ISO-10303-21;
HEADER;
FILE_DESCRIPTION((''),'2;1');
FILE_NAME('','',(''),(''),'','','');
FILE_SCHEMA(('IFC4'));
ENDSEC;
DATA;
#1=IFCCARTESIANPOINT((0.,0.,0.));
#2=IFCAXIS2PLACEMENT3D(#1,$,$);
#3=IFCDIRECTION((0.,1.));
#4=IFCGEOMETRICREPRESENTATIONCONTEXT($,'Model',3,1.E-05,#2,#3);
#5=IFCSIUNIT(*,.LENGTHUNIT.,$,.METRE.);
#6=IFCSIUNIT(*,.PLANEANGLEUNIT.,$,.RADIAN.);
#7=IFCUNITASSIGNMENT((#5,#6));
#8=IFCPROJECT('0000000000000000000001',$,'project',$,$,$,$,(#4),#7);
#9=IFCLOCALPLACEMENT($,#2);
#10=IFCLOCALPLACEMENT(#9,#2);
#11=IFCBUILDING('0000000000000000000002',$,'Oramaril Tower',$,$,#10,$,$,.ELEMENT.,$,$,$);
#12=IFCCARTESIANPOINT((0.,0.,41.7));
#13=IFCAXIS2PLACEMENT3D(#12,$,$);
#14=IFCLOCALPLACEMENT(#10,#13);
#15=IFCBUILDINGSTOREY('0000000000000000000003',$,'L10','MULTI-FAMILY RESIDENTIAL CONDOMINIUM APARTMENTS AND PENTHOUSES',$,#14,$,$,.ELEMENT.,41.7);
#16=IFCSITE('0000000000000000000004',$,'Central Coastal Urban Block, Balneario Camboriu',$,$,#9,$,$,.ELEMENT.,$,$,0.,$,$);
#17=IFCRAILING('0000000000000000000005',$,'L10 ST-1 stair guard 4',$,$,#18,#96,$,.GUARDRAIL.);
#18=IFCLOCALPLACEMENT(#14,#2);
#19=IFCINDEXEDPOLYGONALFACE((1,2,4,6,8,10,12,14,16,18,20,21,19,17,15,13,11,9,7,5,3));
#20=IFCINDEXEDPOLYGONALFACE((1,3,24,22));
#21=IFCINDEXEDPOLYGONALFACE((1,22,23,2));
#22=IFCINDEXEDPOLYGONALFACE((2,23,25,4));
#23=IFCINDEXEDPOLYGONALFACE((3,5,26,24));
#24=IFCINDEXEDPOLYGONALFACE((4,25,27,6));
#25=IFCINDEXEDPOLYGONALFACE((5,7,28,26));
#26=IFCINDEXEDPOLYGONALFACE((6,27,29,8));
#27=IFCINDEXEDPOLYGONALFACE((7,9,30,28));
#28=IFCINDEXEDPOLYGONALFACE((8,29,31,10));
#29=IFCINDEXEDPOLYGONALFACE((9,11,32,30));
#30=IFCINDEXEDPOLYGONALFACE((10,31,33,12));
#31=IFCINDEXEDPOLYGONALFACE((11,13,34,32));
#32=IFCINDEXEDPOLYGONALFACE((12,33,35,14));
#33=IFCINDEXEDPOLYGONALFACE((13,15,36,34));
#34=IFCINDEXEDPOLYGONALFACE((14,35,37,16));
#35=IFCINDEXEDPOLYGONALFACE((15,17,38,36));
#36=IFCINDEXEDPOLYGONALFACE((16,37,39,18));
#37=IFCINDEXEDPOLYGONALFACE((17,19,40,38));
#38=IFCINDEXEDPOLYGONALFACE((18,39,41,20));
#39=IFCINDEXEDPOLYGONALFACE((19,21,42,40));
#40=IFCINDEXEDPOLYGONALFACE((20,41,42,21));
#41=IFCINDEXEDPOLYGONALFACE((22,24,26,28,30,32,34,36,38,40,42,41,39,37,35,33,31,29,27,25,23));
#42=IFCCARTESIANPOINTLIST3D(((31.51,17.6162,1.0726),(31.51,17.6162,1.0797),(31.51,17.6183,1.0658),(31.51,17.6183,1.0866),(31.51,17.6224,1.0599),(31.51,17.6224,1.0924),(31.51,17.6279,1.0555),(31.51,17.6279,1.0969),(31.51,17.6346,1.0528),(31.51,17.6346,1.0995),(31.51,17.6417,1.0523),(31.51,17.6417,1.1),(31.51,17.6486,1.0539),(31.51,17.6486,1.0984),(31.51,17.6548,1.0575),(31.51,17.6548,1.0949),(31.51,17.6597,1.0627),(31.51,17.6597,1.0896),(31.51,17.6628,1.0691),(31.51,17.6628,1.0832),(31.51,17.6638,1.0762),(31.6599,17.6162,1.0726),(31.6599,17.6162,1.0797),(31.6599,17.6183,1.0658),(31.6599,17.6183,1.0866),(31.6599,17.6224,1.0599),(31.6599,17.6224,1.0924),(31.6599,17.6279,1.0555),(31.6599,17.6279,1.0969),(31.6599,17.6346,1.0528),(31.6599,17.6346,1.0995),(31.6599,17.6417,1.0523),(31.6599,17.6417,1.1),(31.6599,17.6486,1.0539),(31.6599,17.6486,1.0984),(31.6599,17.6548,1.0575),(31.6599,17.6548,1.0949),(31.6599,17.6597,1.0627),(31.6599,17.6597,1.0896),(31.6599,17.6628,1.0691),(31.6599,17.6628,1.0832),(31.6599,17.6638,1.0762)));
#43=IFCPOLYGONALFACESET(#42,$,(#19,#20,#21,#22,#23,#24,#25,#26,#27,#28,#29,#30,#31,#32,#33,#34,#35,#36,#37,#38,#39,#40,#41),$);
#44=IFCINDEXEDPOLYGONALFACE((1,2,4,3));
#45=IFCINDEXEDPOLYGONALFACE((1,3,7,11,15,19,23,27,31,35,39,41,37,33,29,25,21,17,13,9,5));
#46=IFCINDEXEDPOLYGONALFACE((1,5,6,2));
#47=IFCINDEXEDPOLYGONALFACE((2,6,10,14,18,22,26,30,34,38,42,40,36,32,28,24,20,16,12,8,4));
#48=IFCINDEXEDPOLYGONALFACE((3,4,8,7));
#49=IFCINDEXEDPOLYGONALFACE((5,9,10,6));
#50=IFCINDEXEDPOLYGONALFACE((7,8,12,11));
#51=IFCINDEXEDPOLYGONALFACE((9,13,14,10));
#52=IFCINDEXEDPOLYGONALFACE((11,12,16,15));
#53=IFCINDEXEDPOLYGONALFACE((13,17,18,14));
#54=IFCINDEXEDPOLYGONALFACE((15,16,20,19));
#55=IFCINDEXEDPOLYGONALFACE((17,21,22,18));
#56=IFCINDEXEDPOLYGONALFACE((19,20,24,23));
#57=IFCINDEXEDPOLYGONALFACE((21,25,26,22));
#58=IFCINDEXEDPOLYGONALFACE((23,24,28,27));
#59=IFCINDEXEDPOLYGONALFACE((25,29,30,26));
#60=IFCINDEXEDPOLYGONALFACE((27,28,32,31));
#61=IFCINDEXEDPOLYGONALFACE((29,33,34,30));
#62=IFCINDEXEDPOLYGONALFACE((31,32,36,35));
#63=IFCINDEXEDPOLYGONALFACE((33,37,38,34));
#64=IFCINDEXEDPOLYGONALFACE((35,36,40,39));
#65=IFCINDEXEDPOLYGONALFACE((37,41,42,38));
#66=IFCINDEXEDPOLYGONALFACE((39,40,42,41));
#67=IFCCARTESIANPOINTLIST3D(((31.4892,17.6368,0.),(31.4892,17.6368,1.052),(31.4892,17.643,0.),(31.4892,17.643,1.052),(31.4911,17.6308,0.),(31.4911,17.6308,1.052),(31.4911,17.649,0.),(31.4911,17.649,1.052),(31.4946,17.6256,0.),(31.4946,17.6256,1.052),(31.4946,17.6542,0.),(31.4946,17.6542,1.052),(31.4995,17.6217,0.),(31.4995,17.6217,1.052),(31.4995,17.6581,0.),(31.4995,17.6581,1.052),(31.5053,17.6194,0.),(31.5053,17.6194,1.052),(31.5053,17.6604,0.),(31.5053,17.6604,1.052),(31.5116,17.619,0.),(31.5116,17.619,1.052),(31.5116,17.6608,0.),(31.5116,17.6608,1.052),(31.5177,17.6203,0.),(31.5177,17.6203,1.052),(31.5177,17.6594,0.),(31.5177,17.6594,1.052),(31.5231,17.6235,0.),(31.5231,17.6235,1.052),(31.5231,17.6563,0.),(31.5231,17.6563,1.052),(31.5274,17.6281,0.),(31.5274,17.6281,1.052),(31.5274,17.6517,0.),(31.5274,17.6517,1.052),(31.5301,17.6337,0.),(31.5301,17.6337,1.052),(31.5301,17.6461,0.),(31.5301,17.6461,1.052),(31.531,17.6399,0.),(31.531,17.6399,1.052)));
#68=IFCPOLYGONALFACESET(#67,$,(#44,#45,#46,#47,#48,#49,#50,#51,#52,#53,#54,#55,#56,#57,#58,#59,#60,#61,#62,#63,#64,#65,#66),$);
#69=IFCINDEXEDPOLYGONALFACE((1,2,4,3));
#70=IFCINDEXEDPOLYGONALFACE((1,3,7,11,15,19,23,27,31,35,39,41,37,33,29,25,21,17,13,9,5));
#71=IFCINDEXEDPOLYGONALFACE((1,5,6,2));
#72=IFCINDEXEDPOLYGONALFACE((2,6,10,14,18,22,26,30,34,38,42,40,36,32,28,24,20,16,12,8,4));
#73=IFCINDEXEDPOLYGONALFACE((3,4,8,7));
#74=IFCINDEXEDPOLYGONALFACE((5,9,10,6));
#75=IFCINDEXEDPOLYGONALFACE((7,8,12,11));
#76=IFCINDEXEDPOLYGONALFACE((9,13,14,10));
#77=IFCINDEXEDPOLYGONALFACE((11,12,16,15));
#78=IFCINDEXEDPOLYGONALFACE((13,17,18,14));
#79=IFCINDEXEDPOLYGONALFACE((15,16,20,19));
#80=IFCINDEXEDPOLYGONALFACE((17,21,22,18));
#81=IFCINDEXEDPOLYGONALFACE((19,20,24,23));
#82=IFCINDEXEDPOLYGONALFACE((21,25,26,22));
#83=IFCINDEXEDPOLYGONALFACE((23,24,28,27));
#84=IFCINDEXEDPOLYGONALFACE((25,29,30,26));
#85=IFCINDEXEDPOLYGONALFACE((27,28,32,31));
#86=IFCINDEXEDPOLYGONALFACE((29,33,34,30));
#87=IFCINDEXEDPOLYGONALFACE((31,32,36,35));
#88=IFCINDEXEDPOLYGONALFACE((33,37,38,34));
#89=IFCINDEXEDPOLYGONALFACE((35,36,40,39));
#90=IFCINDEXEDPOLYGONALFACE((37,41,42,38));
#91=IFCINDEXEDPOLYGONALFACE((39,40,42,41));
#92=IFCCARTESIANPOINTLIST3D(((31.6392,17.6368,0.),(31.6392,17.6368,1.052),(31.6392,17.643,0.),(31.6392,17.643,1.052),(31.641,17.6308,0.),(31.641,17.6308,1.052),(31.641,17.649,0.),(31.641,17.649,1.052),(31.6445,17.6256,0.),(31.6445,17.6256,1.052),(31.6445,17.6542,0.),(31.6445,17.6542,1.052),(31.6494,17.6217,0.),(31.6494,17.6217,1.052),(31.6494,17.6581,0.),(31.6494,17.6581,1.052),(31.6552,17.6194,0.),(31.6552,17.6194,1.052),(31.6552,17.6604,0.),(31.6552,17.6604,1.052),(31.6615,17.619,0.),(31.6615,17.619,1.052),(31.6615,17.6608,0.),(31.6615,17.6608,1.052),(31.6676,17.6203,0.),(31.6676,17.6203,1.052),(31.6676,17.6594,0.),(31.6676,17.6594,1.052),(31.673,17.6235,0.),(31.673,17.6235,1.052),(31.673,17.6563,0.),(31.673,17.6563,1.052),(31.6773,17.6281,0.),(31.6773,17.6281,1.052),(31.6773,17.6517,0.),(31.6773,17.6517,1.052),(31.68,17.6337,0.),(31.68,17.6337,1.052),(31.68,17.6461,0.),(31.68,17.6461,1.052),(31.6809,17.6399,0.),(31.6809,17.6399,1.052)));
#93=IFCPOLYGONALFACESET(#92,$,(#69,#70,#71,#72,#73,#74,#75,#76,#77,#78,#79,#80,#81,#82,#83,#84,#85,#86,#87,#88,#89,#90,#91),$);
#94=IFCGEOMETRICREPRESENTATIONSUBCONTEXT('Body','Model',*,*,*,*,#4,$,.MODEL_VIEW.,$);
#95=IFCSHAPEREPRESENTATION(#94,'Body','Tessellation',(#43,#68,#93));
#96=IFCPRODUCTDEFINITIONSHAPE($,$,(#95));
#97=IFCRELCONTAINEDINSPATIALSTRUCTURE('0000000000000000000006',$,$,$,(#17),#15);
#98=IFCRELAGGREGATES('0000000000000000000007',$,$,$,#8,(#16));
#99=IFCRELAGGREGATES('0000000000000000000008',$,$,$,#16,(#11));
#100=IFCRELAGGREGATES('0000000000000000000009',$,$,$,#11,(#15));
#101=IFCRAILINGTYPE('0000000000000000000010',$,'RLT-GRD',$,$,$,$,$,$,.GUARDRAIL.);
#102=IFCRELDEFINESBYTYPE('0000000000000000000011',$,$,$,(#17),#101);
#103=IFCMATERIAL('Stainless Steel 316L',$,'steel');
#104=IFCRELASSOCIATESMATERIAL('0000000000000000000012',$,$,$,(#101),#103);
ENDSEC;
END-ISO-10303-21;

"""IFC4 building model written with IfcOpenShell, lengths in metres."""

from ifc_helpers import new_model, si_unit, direction, frame, origin, origin_2d, place, context, subcontext, project, spatial, circle, extrude, material, type_object, element, save


model = new_model("IFC4")

# Units and contexts
model_context = context("Model", 3, precision=1e-05, world=origin(), true_north=direction((0.0, 1.0)))
body_context = subcontext(model_context, "Body", "Model", "MODEL_VIEW")
ifc_project = project(units=[si_unit("LENGTHUNIT", "METRE"), si_unit("PLANEANGLEUNIT", "RADIAN")], contexts=[model_context])

# Site, building, storey
site_placement = place(None, origin())
site = spatial("IfcSite", under=ifc_project, at=site_placement, Name="Central Coastal Urban Block, Balneario Camboriu", CompositionType="ELEMENT", RefElevation=0.0)
building_placement = place(site_placement, origin())
building = spatial("IfcBuilding", under=site, at=building_placement, Name="Oramaril Tower", CompositionType="ELEMENT")
storey_placement = place(building_placement, frame((0.0, 0.0, 41.7)))
storey = spatial("IfcBuildingStorey", under=building, at=storey_placement, Name="L10", Description="MULTI-FAMILY RESIDENTIAL CONDOMINIUM APARTMENTS AND PENTHOUSES", CompositionType="ELEMENT", Elevation=41.7)

# Railing
ifc_material_1 = material(Name="Stainless Steel 316L", Category="steel")
railing_type_1 = type_object("IfcRailingType", Name="RLT-GRD", PredefinedType="GUARDRAIL", material=ifc_material_1)
railing_1_placement = place(storey_placement, frame((31.51, 17.6399, 0.0)))
element("IfcRailing", 1, at=railing_1_placement, inside=storey, type_object=railing_type_1, Name="L10 ST-1 stair guard 4", PredefinedType="GUARDRAIL", context=body_context, shape_type="SweptSolid", body=[
    extrude(circle(Radius=0.0239, at=origin_2d()), frame((0.0, 0.0, 1.0762), z_axis=(1.0, 0.0, 0.0), x_axis=(0.0, 1.0, 0.0)), (0.0, 0.0, 1.0), 0.1499),
    extrude(circle(Radius=0.021, at=origin_2d()), origin(), (0.0, 0.0, 1.0), 1.052),
    extrude(circle(Radius=0.021, at=origin_2d()), frame((0.1499, 0.0, 0.0)), (0.0, 0.0, 1.0), 1.052),
])

save(model, "model.ifc")
